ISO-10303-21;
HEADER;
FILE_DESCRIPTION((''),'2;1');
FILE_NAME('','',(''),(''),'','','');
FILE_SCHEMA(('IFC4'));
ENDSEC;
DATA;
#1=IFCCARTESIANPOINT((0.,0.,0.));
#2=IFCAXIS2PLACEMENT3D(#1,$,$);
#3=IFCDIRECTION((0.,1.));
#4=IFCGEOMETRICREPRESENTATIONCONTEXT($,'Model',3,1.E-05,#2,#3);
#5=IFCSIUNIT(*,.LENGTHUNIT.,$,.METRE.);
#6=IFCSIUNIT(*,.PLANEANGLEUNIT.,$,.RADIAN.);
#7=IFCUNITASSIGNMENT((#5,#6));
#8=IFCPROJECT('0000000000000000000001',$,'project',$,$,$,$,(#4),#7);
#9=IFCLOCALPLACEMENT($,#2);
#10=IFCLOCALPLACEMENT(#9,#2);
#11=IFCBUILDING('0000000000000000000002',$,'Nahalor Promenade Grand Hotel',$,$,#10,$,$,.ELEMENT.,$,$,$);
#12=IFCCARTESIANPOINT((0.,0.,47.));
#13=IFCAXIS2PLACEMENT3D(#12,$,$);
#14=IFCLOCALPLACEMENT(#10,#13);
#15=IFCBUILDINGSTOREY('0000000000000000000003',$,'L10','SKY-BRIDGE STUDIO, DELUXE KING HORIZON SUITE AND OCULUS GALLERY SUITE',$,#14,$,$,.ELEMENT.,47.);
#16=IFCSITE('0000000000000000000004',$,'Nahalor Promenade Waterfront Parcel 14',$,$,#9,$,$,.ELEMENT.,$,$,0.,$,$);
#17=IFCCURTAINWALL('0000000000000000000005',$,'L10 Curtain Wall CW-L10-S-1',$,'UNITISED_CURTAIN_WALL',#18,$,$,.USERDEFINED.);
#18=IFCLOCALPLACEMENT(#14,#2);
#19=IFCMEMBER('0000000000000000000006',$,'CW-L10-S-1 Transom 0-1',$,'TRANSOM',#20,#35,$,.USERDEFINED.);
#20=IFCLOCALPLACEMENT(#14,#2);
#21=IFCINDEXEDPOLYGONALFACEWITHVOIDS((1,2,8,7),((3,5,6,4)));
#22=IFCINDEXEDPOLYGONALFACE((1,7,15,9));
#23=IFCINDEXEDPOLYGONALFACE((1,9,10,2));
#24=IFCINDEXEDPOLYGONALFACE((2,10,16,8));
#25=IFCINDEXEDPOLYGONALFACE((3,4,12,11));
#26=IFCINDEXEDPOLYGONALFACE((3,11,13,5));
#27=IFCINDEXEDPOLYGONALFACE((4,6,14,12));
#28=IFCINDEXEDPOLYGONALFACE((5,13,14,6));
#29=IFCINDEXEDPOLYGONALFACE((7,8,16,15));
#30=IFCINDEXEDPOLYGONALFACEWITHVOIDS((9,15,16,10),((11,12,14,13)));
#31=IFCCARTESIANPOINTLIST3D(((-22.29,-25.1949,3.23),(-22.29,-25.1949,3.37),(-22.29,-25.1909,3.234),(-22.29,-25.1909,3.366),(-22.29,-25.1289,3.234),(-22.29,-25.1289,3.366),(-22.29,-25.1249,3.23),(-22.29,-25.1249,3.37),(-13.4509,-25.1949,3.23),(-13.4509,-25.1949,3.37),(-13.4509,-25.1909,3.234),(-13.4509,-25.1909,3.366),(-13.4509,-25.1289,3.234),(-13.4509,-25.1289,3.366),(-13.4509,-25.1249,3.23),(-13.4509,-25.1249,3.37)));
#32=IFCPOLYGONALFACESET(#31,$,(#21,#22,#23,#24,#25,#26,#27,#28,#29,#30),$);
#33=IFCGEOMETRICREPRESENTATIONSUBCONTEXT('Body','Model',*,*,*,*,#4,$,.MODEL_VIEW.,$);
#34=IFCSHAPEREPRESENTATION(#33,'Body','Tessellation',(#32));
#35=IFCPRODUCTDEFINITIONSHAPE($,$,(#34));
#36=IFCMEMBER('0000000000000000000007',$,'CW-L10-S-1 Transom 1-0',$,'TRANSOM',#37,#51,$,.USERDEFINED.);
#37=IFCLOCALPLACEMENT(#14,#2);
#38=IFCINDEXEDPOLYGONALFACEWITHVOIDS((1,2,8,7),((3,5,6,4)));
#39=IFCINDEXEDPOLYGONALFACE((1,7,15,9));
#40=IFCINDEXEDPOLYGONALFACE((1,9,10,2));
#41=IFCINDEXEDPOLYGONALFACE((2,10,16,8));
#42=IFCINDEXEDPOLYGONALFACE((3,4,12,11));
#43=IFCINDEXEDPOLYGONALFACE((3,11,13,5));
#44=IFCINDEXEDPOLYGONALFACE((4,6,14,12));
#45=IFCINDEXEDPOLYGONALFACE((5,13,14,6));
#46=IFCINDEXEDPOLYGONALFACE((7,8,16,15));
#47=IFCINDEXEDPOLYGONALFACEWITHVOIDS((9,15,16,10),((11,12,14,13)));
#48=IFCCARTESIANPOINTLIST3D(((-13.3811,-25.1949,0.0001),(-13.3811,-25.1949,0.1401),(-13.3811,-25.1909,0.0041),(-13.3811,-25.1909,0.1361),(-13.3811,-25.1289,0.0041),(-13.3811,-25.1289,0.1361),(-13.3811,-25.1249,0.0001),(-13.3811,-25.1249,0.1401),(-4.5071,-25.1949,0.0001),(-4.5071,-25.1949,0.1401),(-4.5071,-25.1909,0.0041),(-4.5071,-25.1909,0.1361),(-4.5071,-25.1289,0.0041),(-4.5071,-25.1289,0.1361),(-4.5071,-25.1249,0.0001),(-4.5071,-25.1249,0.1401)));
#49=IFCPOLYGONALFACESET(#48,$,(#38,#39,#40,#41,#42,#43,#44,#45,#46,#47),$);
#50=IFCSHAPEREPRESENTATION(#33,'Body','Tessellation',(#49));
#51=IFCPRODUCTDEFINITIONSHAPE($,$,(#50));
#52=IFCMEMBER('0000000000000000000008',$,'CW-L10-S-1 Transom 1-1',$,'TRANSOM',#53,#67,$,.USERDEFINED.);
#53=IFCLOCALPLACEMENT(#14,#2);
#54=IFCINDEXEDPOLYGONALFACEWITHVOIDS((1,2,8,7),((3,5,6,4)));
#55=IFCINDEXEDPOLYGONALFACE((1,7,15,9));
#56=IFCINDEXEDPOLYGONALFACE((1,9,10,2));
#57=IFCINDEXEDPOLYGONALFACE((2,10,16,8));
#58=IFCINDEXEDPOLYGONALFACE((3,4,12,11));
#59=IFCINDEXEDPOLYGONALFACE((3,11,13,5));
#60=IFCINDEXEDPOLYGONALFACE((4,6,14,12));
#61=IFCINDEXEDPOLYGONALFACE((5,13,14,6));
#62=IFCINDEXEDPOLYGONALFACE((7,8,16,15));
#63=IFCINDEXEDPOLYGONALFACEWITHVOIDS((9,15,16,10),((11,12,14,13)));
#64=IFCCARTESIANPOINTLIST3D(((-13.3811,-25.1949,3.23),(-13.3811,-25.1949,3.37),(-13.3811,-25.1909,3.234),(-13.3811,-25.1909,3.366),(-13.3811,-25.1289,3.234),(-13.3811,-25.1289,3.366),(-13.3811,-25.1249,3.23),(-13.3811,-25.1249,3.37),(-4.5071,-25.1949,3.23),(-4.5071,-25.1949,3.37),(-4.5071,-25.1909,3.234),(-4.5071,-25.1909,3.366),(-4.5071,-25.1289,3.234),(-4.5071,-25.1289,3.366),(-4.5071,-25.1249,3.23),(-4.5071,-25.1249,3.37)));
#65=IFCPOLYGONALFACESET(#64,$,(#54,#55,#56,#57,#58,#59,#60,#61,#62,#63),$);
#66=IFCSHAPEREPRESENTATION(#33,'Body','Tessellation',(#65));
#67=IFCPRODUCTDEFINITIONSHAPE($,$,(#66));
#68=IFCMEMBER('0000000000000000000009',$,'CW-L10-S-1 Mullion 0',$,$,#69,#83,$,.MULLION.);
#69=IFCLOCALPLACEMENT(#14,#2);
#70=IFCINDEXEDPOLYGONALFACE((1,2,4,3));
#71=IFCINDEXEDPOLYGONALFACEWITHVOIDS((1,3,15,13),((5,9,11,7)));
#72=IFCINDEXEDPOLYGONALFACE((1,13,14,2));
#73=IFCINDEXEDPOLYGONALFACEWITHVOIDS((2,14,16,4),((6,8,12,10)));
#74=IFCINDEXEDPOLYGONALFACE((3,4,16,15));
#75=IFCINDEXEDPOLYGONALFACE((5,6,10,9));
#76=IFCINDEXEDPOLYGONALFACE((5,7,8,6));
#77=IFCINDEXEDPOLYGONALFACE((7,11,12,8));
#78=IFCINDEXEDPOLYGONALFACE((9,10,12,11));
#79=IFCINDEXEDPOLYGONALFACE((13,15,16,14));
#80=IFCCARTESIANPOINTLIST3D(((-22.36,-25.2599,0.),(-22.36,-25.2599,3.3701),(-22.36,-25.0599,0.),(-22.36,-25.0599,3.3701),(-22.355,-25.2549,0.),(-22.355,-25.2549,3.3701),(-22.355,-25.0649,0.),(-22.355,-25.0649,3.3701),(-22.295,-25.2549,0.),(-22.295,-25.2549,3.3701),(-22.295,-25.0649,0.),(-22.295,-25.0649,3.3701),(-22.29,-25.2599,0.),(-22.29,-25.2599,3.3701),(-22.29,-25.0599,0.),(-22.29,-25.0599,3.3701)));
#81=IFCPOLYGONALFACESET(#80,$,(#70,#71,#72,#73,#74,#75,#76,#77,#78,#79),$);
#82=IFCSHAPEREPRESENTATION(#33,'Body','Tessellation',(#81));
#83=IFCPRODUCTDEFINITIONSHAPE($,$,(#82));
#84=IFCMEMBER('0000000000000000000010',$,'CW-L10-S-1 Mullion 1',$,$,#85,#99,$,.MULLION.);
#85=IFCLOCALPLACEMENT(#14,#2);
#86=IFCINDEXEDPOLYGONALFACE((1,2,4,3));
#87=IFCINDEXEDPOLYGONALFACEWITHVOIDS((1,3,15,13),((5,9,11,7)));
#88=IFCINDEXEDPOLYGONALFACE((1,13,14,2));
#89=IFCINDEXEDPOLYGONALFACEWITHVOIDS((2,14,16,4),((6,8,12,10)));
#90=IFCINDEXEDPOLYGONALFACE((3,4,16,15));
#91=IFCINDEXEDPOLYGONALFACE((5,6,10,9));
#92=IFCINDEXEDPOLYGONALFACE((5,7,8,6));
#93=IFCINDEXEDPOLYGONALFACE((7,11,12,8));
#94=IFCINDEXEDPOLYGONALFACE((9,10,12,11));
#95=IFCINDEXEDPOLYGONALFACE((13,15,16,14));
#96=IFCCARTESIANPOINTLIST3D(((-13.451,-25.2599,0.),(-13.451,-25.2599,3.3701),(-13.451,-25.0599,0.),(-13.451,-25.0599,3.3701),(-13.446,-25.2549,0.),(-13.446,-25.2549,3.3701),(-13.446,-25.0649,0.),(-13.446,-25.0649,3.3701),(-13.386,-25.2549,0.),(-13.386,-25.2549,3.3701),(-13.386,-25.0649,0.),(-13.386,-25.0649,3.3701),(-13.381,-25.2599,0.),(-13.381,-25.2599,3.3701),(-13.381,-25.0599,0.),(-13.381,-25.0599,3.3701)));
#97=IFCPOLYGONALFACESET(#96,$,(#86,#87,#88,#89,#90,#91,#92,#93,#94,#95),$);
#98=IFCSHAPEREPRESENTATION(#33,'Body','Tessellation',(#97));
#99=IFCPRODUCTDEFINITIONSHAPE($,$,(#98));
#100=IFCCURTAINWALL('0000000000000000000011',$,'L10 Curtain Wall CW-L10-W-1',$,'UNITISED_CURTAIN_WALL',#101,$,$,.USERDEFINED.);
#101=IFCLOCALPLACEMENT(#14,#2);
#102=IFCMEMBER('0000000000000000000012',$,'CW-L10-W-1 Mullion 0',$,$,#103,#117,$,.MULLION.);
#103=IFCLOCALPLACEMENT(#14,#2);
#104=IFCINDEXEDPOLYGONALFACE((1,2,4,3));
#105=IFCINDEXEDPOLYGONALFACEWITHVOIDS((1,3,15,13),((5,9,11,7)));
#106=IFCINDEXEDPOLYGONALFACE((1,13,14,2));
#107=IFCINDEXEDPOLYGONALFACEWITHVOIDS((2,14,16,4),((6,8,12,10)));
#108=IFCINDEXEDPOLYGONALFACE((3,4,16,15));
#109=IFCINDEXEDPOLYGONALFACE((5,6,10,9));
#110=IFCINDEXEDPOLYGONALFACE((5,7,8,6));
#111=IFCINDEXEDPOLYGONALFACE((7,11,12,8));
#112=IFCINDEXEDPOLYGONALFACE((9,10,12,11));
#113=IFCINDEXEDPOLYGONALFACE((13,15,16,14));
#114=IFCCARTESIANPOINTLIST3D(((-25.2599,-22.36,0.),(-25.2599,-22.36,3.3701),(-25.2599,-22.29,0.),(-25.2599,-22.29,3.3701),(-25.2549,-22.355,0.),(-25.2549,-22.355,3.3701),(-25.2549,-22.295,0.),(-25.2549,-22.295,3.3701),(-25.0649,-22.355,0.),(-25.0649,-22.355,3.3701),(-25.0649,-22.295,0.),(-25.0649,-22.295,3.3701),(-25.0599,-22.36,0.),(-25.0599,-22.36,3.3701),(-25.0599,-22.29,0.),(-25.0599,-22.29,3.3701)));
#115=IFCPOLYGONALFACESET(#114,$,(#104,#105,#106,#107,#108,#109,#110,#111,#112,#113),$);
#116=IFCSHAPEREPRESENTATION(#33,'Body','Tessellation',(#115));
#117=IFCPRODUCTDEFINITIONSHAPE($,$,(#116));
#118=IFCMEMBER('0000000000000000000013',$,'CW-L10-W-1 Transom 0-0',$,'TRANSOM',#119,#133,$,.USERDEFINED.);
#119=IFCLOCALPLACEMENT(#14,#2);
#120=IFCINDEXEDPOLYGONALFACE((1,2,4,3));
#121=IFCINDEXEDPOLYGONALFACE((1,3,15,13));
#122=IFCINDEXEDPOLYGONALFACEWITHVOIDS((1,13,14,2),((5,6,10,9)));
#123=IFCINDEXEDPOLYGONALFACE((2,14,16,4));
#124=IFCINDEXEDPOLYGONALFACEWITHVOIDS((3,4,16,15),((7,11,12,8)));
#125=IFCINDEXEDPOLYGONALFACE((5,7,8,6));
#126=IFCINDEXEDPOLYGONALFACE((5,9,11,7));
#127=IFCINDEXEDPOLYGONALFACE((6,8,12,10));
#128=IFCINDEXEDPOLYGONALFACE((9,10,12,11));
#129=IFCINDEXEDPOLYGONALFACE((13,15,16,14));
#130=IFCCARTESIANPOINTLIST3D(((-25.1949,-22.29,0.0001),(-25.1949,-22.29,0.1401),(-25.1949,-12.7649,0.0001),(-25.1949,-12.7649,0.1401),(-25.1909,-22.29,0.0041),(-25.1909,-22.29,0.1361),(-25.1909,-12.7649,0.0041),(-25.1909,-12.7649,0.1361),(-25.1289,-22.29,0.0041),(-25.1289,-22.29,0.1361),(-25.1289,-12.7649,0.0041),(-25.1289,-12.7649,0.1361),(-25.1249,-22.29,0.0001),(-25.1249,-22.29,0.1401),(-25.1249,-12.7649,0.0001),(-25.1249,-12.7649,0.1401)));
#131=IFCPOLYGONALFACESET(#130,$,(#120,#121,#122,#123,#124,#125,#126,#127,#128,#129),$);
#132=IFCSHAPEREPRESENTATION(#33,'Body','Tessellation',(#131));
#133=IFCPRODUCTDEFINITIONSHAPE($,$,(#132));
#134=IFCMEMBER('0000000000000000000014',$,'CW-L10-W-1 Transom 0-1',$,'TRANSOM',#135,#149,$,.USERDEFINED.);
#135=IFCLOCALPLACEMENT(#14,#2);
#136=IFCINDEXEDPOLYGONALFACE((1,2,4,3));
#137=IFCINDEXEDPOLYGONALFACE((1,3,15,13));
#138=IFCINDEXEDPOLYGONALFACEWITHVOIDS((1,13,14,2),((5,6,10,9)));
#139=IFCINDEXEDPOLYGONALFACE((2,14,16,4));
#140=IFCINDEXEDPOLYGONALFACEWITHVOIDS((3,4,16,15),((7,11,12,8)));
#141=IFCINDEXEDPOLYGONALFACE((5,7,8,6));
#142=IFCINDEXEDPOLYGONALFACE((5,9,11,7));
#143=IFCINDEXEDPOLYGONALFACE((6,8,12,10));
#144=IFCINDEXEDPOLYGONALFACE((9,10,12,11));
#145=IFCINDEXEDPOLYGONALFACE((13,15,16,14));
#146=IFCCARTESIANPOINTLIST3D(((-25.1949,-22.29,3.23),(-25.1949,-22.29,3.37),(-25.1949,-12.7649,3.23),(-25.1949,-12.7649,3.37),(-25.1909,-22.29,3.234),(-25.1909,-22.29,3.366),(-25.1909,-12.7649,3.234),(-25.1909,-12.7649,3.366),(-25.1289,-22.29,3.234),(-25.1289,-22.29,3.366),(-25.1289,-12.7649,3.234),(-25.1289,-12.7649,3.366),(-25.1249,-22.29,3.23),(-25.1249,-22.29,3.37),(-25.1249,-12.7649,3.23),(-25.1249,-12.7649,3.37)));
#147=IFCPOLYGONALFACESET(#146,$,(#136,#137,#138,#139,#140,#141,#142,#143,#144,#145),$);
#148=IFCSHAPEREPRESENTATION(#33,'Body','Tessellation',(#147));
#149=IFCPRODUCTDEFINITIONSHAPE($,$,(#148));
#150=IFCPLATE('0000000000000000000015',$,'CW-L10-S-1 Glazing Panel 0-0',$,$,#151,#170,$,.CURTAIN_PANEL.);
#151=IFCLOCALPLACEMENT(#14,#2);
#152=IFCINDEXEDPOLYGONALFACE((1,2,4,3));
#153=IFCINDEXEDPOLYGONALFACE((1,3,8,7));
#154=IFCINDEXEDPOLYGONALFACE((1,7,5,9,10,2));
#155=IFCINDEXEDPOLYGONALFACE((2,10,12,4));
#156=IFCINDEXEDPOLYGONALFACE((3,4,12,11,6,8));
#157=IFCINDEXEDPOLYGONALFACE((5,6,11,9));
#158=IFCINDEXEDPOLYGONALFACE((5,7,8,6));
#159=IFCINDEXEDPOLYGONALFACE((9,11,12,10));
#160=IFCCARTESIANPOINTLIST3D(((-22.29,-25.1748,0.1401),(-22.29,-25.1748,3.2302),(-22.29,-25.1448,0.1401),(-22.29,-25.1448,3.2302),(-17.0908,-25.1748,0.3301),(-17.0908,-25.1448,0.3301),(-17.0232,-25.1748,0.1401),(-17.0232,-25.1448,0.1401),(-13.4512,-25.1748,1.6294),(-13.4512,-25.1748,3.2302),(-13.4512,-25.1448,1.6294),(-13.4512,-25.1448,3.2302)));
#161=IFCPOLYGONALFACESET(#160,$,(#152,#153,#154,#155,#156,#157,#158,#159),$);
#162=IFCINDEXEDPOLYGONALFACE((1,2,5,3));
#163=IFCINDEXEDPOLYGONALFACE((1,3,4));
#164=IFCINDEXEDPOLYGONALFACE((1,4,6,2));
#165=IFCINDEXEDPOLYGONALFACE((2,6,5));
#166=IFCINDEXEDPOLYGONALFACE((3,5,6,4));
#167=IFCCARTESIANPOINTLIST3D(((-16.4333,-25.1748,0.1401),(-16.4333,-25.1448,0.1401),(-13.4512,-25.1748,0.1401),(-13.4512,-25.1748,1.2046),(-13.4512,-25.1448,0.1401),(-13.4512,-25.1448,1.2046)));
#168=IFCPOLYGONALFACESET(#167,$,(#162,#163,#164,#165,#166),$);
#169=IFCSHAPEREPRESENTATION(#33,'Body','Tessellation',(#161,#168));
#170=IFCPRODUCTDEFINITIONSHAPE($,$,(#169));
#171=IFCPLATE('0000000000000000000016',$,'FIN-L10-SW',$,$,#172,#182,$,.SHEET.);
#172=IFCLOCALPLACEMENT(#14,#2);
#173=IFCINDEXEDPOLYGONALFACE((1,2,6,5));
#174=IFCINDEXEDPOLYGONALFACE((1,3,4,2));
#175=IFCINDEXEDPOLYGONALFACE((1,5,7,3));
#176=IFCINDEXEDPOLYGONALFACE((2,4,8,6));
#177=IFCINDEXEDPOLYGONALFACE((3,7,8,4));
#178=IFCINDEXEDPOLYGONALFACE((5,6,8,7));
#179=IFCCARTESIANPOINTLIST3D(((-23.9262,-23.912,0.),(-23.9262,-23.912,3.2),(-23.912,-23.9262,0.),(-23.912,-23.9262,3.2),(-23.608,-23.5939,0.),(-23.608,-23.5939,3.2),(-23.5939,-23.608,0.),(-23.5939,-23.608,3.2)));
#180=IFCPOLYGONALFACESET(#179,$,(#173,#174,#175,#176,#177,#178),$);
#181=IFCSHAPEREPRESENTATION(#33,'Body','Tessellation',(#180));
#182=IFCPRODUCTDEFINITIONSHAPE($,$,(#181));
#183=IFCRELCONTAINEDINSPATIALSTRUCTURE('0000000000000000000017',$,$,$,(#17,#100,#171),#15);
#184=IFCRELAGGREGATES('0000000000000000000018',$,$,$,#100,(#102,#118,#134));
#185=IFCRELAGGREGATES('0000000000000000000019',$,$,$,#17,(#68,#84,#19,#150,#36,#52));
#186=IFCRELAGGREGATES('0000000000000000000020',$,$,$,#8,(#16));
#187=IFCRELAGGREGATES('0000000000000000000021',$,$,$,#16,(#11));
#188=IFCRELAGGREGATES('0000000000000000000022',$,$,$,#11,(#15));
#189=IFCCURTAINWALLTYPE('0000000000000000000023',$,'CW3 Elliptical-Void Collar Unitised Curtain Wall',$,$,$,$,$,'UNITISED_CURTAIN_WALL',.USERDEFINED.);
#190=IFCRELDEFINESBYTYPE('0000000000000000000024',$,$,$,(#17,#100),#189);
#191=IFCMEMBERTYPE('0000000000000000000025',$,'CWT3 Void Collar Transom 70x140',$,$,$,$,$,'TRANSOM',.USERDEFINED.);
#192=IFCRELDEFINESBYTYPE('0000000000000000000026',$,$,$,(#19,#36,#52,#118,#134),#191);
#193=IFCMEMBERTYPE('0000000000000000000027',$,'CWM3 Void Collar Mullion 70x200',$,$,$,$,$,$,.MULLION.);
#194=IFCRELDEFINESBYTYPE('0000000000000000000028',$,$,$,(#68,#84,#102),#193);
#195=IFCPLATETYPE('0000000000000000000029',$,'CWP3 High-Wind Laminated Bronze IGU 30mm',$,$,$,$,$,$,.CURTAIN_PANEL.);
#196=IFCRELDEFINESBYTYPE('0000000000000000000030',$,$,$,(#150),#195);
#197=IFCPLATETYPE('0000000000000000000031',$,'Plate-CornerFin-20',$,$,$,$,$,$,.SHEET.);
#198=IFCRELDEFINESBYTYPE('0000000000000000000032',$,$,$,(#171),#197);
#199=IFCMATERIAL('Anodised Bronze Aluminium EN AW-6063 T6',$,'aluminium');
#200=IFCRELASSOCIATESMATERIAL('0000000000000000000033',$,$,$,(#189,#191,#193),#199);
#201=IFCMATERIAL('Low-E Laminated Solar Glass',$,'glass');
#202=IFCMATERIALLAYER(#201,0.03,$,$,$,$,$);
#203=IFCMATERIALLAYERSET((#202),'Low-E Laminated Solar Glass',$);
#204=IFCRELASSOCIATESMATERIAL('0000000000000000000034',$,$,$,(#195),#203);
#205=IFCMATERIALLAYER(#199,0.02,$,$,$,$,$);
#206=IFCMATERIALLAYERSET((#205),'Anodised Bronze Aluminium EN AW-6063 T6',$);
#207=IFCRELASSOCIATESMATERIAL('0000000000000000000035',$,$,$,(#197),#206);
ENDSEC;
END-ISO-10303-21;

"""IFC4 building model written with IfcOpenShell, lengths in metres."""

from ifc_helpers import new_model, si_unit, direction, frame, origin, origin_2d, place, context, subcontext, project, spatial, polyline, rectangle, hollow_rectangle, outline, extrude, source, transform, mapped, material, layer, layer_set, material_profile, profile_set, type_object, element, aggregate, save


model = new_model("IFC4")

# Units and contexts
model_context = context("Model", 3, precision=1e-05, world=origin(), true_north=direction((0.0, 1.0)))
body_context = subcontext(model_context, "Body", "Model", "MODEL_VIEW")
ifc_project = project(units=[si_unit("LENGTHUNIT", "METRE"), si_unit("PLANEANGLEUNIT", "RADIAN")], contexts=[model_context])

# Site, building, storey
site_placement = place(None, origin())
site = spatial("IfcSite", under=ifc_project, at=site_placement, Name="Nahalor Promenade Waterfront Parcel 14", CompositionType="ELEMENT", RefElevation=0.0)
building_placement = place(site_placement, origin())
building = spatial("IfcBuilding", under=site, at=building_placement, Name="Nahalor Promenade Grand Hotel", CompositionType="ELEMENT")
storey_placement = place(building_placement, frame((0.0, 0.0, 47.0)))
storey = spatial("IfcBuildingStorey", under=building, at=storey_placement, Name="L10", Description="SKY-BRIDGE STUDIO, DELUXE KING HORIZON SUITE AND OCULUS GALLERY SUITE", CompositionType="ELEMENT", Elevation=47.0)

# Curtain walls, members
ifc_material_1 = material(Name="Anodised Bronze Aluminium EN AW-6063 T6", Category="aluminium")
curtain_wall_type = type_object("IfcCurtainWallType", Name="CW3 Elliptical-Void Collar Unitised Curtain Wall", ElementType="UNITISED_CURTAIN_WALL", PredefinedType="USERDEFINED", material=ifc_material_1)
curtain_wall_1_placement = place(storey_placement, origin())
curtain_wall_1 = element("IfcCurtainWall", 1, at=curtain_wall_1_placement, inside=storey, type_object=curtain_wall_type, Name="L10 Curtain Wall CW-L10-S-1", ObjectType="UNITISED_CURTAIN_WALL", PredefinedType="USERDEFINED")
ifc_material_profile_1 = material_profile(ifc_material_1, hollow_rectangle(XDim=0.07, YDim=0.14, WallThickness=0.004, at=origin_2d()), Name="CWT 70x140x4")
ifc_profile_set_1 = profile_set([ifc_material_profile_1], Name="Anodised Bronze Aluminium EN AW-6063 T6")
member_type_1 = type_object("IfcMemberType", Name="CWT3 Void Collar Transom 70x140", ElementType="TRANSOM", PredefinedType="USERDEFINED", material=ifc_profile_set_1)
shared_shape_1 = source(origin(), body_context, "Body", "SweptSolid", [
    extrude(hollow_rectangle(XDim=0.07, YDim=0.14, WallThickness=0.004, at=origin_2d()), origin(), (0.0, 0.0, 1.0), 8.8391),
])
member_1_placement = place(storey_placement, frame((-22.29, -25.1599, 3.3), z_axis=(1.0, 0.0, 0.0), x_axis=(0.0, 1.0, 0.0)))
member_1 = element("IfcMember", 2, at=member_1_placement, type_object=member_type_1, Name="CW-L10-S-1 Transom 0-1", ObjectType="TRANSOM", PredefinedType="USERDEFINED", context=body_context, shape_type="MappedRepresentation", body=[
    mapped(shared_shape_1, transform((0.0, 0.0, 0.0), scale=1.0)),
])
shared_shape_2 = source(origin(), body_context, "Body", "SweptSolid", [
    extrude(hollow_rectangle(XDim=0.07, YDim=0.14, WallThickness=0.004, at=origin_2d()), origin(), (0.0, 0.0, 1.0), 8.874),
])
member_2_placement = place(storey_placement, frame((-13.3811, -25.1599, 0.0701), z_axis=(1.0, 0.0, 0.0), x_axis=(0.0, 1.0, 0.0)))
member_2 = element("IfcMember", 3, at=member_2_placement, type_object=member_type_1, Name="CW-L10-S-1 Transom 1-0", ObjectType="TRANSOM", PredefinedType="USERDEFINED", context=body_context, shape_type="MappedRepresentation", body=[
    mapped(shared_shape_2, transform((0.0, 0.0, 0.0), scale=1.0)),
])
member_3_placement = place(storey_placement, frame((-13.3811, -25.1599, 3.3), z_axis=(1.0, 0.0, 0.0), x_axis=(0.0, 1.0, 0.0)))
member_3 = element("IfcMember", 4, at=member_3_placement, type_object=member_type_1, Name="CW-L10-S-1 Transom 1-1", ObjectType="TRANSOM", PredefinedType="USERDEFINED", context=body_context, shape_type="MappedRepresentation", body=[
    mapped(shared_shape_2, transform((0.0, 0.0, 0.0), scale=1.0)),
])
ifc_material_profile_2 = material_profile(ifc_material_1, hollow_rectangle(XDim=0.07, YDim=0.2, WallThickness=0.005, at=origin_2d()), Name="CWM 70x200x5")
ifc_profile_set_2 = profile_set([ifc_material_profile_2], Name="Anodised Bronze Aluminium EN AW-6063 T6")
member_type_2 = type_object("IfcMemberType", Name="CWM3 Void Collar Mullion 70x200", PredefinedType="MULLION", material=ifc_profile_set_2)
shared_shape_3 = source(origin(), body_context, "Body", "SweptSolid", [
    extrude(hollow_rectangle(XDim=0.07, YDim=0.2, WallThickness=0.005, at=origin_2d()), origin(), (0.0, 0.0, 1.0), 3.3701),
])
member_4_placement = place(storey_placement, frame((-22.325, -25.1599, 0.0), z_axis=(0.0, 0.0, 1.0), x_axis=(1.0, 0.0, 0.0)))
member_4 = element("IfcMember", 5, at=member_4_placement, type_object=member_type_2, Name="CW-L10-S-1 Mullion 0", PredefinedType="MULLION", context=body_context, shape_type="MappedRepresentation", body=[
    mapped(shared_shape_3, transform((0.0, 0.0, 0.0), scale=1.0)),
])
member_5_placement = place(storey_placement, frame((-13.416, -25.1599, 0.0), z_axis=(0.0, 0.0, 1.0), x_axis=(1.0, 0.0, 0.0)))
member_5 = element("IfcMember", 6, at=member_5_placement, type_object=member_type_2, Name="CW-L10-S-1 Mullion 1", PredefinedType="MULLION", context=body_context, shape_type="MappedRepresentation", body=[
    mapped(shared_shape_3, transform((0.0, 0.0, 0.0), scale=1.0)),
])
curtain_wall_2_placement = place(storey_placement, origin())
curtain_wall_2 = element("IfcCurtainWall", 7, at=curtain_wall_2_placement, inside=storey, type_object=curtain_wall_type, Name="L10 Curtain Wall CW-L10-W-1", ObjectType="UNITISED_CURTAIN_WALL", PredefinedType="USERDEFINED")
member_6_placement = place(storey_placement, frame((-25.1599, -22.325, 0.0), z_axis=(0.0, 0.0, 1.0), x_axis=(0.0, 1.0, 0.0)))
member_6 = element("IfcMember", 8, at=member_6_placement, type_object=member_type_2, Name="CW-L10-W-1 Mullion 0", PredefinedType="MULLION", context=body_context, shape_type="MappedRepresentation", body=[
    mapped(shared_shape_3, transform((0.0, 0.0, 0.0), scale=1.0)),
])
shared_shape_4 = source(origin(), body_context, "Body", "SweptSolid", [
    extrude(hollow_rectangle(XDim=0.07, YDim=0.14, WallThickness=0.004, at=origin_2d()), origin(), (0.0, 0.0, 1.0), 9.5251),
])
member_7_placement = place(storey_placement, frame((-25.1599, -22.29, 0.0701), z_axis=(0.0, 1.0, 0.0), x_axis=(-1.0, 0.0, 0.0)))
member_7 = element("IfcMember", 9, at=member_7_placement, type_object=member_type_1, Name="CW-L10-W-1 Transom 0-0", ObjectType="TRANSOM", PredefinedType="USERDEFINED", context=body_context, shape_type="MappedRepresentation", body=[
    mapped(shared_shape_4, transform((0.0, 0.0, 0.0), scale=1.0)),
])
member_8_placement = place(storey_placement, frame((-25.1599, -22.29, 3.3), z_axis=(0.0, 1.0, 0.0), x_axis=(-1.0, 0.0, 0.0)))
member_8 = element("IfcMember", 10, at=member_8_placement, type_object=member_type_1, Name="CW-L10-W-1 Transom 0-1", ObjectType="TRANSOM", PredefinedType="USERDEFINED", context=body_context, shape_type="MappedRepresentation", body=[
    mapped(shared_shape_4, transform((0.0, 0.0, 0.0), scale=1.0)),
])
aggregate(curtain_wall_2, [member_6, member_7, member_8])

# Plates
ifc_material_2 = material(Name="Low-E Laminated Solar Glass", Category="glass")
ifc_layer_1 = layer(ifc_material_2, 0.03)
ifc_layer_set_1 = layer_set([ifc_layer_1], Name="Low-E Laminated Solar Glass")
plate_type_1 = type_object("IfcPlateType", Name="CWP3 High-Wind Laminated Bronze IGU 30mm", PredefinedType="CURTAIN_PANEL", material=ifc_layer_set_1)
plate_1_placement = place(storey_placement, frame((-17.8706, -25.1599, 0.1401), z_axis=(0.0, 0.0, 1.0), x_axis=(1.0, 0.0, 0.0)))
plate_1 = element("IfcPlate", 11, at=plate_1_placement, type_object=plate_type_1, Name="CW-L10-S-1 Glazing Panel 0-0", PredefinedType="CURTAIN_PANEL", context=body_context, shape_type="SweptSolid", body=[
    extrude(outline(polyline([(-4.4194, 3.0901), (-4.4194, 0.0), (0.8474, 0.0), (0.7798, 0.1899), (4.4194, 1.4893), (4.4194, 3.0901), (-4.4194, 3.0901)])), frame((0.0, 0.0151, 0.0), z_axis=(0.0, -1.0, 0.0), x_axis=(1.0, 0.0, 0.0)), (0.0, 0.0, 1.0), 0.03),
    extrude(outline(polyline([(1.4373, 0.0), (4.4194, 0.0), (4.4194, 1.0645), (1.4373, 0.0)])), frame((0.0, 0.0151, 0.0), z_axis=(0.0, -1.0, 0.0), x_axis=(1.0, 0.0, 0.0)), (0.0, 0.0, 1.0), 0.03),
])
aggregate(curtain_wall_1, [member_4, member_5, member_1, plate_1, member_2, member_3])
ifc_layer_2 = layer(ifc_material_1, 0.02)
ifc_layer_set_2 = layer_set([ifc_layer_2], Name="Anodised Bronze Aluminium EN AW-6063 T6")
plate_type_2 = type_object("IfcPlateType", Name="Plate-CornerFin-20", PredefinedType="SHEET", material=ifc_layer_set_2)
shared_shape_5 = source(origin(), body_context, "Body", "SweptSolid", [
    extrude(rectangle(XDim=0.45, YDim=0.02, at=origin_2d()), origin(), (0.0, 0.0, 1.0), 3.2),
])
plate_2_placement = place(storey_placement, frame((-23.76, -23.76, 0.0), z_axis=(0.0, 0.0, 1.0), x_axis=(0.707107, 0.707107, 0.0)))
element("IfcPlate", 12, at=plate_2_placement, inside=storey, type_object=plate_type_2, Name="FIN-L10-SW", PredefinedType="SHEET", context=body_context, shape_type="MappedRepresentation", body=[
    mapped(shared_shape_5, transform((0.0, 0.0, 0.0), scale=1.0)),
])

save(model, "model.ifc")
